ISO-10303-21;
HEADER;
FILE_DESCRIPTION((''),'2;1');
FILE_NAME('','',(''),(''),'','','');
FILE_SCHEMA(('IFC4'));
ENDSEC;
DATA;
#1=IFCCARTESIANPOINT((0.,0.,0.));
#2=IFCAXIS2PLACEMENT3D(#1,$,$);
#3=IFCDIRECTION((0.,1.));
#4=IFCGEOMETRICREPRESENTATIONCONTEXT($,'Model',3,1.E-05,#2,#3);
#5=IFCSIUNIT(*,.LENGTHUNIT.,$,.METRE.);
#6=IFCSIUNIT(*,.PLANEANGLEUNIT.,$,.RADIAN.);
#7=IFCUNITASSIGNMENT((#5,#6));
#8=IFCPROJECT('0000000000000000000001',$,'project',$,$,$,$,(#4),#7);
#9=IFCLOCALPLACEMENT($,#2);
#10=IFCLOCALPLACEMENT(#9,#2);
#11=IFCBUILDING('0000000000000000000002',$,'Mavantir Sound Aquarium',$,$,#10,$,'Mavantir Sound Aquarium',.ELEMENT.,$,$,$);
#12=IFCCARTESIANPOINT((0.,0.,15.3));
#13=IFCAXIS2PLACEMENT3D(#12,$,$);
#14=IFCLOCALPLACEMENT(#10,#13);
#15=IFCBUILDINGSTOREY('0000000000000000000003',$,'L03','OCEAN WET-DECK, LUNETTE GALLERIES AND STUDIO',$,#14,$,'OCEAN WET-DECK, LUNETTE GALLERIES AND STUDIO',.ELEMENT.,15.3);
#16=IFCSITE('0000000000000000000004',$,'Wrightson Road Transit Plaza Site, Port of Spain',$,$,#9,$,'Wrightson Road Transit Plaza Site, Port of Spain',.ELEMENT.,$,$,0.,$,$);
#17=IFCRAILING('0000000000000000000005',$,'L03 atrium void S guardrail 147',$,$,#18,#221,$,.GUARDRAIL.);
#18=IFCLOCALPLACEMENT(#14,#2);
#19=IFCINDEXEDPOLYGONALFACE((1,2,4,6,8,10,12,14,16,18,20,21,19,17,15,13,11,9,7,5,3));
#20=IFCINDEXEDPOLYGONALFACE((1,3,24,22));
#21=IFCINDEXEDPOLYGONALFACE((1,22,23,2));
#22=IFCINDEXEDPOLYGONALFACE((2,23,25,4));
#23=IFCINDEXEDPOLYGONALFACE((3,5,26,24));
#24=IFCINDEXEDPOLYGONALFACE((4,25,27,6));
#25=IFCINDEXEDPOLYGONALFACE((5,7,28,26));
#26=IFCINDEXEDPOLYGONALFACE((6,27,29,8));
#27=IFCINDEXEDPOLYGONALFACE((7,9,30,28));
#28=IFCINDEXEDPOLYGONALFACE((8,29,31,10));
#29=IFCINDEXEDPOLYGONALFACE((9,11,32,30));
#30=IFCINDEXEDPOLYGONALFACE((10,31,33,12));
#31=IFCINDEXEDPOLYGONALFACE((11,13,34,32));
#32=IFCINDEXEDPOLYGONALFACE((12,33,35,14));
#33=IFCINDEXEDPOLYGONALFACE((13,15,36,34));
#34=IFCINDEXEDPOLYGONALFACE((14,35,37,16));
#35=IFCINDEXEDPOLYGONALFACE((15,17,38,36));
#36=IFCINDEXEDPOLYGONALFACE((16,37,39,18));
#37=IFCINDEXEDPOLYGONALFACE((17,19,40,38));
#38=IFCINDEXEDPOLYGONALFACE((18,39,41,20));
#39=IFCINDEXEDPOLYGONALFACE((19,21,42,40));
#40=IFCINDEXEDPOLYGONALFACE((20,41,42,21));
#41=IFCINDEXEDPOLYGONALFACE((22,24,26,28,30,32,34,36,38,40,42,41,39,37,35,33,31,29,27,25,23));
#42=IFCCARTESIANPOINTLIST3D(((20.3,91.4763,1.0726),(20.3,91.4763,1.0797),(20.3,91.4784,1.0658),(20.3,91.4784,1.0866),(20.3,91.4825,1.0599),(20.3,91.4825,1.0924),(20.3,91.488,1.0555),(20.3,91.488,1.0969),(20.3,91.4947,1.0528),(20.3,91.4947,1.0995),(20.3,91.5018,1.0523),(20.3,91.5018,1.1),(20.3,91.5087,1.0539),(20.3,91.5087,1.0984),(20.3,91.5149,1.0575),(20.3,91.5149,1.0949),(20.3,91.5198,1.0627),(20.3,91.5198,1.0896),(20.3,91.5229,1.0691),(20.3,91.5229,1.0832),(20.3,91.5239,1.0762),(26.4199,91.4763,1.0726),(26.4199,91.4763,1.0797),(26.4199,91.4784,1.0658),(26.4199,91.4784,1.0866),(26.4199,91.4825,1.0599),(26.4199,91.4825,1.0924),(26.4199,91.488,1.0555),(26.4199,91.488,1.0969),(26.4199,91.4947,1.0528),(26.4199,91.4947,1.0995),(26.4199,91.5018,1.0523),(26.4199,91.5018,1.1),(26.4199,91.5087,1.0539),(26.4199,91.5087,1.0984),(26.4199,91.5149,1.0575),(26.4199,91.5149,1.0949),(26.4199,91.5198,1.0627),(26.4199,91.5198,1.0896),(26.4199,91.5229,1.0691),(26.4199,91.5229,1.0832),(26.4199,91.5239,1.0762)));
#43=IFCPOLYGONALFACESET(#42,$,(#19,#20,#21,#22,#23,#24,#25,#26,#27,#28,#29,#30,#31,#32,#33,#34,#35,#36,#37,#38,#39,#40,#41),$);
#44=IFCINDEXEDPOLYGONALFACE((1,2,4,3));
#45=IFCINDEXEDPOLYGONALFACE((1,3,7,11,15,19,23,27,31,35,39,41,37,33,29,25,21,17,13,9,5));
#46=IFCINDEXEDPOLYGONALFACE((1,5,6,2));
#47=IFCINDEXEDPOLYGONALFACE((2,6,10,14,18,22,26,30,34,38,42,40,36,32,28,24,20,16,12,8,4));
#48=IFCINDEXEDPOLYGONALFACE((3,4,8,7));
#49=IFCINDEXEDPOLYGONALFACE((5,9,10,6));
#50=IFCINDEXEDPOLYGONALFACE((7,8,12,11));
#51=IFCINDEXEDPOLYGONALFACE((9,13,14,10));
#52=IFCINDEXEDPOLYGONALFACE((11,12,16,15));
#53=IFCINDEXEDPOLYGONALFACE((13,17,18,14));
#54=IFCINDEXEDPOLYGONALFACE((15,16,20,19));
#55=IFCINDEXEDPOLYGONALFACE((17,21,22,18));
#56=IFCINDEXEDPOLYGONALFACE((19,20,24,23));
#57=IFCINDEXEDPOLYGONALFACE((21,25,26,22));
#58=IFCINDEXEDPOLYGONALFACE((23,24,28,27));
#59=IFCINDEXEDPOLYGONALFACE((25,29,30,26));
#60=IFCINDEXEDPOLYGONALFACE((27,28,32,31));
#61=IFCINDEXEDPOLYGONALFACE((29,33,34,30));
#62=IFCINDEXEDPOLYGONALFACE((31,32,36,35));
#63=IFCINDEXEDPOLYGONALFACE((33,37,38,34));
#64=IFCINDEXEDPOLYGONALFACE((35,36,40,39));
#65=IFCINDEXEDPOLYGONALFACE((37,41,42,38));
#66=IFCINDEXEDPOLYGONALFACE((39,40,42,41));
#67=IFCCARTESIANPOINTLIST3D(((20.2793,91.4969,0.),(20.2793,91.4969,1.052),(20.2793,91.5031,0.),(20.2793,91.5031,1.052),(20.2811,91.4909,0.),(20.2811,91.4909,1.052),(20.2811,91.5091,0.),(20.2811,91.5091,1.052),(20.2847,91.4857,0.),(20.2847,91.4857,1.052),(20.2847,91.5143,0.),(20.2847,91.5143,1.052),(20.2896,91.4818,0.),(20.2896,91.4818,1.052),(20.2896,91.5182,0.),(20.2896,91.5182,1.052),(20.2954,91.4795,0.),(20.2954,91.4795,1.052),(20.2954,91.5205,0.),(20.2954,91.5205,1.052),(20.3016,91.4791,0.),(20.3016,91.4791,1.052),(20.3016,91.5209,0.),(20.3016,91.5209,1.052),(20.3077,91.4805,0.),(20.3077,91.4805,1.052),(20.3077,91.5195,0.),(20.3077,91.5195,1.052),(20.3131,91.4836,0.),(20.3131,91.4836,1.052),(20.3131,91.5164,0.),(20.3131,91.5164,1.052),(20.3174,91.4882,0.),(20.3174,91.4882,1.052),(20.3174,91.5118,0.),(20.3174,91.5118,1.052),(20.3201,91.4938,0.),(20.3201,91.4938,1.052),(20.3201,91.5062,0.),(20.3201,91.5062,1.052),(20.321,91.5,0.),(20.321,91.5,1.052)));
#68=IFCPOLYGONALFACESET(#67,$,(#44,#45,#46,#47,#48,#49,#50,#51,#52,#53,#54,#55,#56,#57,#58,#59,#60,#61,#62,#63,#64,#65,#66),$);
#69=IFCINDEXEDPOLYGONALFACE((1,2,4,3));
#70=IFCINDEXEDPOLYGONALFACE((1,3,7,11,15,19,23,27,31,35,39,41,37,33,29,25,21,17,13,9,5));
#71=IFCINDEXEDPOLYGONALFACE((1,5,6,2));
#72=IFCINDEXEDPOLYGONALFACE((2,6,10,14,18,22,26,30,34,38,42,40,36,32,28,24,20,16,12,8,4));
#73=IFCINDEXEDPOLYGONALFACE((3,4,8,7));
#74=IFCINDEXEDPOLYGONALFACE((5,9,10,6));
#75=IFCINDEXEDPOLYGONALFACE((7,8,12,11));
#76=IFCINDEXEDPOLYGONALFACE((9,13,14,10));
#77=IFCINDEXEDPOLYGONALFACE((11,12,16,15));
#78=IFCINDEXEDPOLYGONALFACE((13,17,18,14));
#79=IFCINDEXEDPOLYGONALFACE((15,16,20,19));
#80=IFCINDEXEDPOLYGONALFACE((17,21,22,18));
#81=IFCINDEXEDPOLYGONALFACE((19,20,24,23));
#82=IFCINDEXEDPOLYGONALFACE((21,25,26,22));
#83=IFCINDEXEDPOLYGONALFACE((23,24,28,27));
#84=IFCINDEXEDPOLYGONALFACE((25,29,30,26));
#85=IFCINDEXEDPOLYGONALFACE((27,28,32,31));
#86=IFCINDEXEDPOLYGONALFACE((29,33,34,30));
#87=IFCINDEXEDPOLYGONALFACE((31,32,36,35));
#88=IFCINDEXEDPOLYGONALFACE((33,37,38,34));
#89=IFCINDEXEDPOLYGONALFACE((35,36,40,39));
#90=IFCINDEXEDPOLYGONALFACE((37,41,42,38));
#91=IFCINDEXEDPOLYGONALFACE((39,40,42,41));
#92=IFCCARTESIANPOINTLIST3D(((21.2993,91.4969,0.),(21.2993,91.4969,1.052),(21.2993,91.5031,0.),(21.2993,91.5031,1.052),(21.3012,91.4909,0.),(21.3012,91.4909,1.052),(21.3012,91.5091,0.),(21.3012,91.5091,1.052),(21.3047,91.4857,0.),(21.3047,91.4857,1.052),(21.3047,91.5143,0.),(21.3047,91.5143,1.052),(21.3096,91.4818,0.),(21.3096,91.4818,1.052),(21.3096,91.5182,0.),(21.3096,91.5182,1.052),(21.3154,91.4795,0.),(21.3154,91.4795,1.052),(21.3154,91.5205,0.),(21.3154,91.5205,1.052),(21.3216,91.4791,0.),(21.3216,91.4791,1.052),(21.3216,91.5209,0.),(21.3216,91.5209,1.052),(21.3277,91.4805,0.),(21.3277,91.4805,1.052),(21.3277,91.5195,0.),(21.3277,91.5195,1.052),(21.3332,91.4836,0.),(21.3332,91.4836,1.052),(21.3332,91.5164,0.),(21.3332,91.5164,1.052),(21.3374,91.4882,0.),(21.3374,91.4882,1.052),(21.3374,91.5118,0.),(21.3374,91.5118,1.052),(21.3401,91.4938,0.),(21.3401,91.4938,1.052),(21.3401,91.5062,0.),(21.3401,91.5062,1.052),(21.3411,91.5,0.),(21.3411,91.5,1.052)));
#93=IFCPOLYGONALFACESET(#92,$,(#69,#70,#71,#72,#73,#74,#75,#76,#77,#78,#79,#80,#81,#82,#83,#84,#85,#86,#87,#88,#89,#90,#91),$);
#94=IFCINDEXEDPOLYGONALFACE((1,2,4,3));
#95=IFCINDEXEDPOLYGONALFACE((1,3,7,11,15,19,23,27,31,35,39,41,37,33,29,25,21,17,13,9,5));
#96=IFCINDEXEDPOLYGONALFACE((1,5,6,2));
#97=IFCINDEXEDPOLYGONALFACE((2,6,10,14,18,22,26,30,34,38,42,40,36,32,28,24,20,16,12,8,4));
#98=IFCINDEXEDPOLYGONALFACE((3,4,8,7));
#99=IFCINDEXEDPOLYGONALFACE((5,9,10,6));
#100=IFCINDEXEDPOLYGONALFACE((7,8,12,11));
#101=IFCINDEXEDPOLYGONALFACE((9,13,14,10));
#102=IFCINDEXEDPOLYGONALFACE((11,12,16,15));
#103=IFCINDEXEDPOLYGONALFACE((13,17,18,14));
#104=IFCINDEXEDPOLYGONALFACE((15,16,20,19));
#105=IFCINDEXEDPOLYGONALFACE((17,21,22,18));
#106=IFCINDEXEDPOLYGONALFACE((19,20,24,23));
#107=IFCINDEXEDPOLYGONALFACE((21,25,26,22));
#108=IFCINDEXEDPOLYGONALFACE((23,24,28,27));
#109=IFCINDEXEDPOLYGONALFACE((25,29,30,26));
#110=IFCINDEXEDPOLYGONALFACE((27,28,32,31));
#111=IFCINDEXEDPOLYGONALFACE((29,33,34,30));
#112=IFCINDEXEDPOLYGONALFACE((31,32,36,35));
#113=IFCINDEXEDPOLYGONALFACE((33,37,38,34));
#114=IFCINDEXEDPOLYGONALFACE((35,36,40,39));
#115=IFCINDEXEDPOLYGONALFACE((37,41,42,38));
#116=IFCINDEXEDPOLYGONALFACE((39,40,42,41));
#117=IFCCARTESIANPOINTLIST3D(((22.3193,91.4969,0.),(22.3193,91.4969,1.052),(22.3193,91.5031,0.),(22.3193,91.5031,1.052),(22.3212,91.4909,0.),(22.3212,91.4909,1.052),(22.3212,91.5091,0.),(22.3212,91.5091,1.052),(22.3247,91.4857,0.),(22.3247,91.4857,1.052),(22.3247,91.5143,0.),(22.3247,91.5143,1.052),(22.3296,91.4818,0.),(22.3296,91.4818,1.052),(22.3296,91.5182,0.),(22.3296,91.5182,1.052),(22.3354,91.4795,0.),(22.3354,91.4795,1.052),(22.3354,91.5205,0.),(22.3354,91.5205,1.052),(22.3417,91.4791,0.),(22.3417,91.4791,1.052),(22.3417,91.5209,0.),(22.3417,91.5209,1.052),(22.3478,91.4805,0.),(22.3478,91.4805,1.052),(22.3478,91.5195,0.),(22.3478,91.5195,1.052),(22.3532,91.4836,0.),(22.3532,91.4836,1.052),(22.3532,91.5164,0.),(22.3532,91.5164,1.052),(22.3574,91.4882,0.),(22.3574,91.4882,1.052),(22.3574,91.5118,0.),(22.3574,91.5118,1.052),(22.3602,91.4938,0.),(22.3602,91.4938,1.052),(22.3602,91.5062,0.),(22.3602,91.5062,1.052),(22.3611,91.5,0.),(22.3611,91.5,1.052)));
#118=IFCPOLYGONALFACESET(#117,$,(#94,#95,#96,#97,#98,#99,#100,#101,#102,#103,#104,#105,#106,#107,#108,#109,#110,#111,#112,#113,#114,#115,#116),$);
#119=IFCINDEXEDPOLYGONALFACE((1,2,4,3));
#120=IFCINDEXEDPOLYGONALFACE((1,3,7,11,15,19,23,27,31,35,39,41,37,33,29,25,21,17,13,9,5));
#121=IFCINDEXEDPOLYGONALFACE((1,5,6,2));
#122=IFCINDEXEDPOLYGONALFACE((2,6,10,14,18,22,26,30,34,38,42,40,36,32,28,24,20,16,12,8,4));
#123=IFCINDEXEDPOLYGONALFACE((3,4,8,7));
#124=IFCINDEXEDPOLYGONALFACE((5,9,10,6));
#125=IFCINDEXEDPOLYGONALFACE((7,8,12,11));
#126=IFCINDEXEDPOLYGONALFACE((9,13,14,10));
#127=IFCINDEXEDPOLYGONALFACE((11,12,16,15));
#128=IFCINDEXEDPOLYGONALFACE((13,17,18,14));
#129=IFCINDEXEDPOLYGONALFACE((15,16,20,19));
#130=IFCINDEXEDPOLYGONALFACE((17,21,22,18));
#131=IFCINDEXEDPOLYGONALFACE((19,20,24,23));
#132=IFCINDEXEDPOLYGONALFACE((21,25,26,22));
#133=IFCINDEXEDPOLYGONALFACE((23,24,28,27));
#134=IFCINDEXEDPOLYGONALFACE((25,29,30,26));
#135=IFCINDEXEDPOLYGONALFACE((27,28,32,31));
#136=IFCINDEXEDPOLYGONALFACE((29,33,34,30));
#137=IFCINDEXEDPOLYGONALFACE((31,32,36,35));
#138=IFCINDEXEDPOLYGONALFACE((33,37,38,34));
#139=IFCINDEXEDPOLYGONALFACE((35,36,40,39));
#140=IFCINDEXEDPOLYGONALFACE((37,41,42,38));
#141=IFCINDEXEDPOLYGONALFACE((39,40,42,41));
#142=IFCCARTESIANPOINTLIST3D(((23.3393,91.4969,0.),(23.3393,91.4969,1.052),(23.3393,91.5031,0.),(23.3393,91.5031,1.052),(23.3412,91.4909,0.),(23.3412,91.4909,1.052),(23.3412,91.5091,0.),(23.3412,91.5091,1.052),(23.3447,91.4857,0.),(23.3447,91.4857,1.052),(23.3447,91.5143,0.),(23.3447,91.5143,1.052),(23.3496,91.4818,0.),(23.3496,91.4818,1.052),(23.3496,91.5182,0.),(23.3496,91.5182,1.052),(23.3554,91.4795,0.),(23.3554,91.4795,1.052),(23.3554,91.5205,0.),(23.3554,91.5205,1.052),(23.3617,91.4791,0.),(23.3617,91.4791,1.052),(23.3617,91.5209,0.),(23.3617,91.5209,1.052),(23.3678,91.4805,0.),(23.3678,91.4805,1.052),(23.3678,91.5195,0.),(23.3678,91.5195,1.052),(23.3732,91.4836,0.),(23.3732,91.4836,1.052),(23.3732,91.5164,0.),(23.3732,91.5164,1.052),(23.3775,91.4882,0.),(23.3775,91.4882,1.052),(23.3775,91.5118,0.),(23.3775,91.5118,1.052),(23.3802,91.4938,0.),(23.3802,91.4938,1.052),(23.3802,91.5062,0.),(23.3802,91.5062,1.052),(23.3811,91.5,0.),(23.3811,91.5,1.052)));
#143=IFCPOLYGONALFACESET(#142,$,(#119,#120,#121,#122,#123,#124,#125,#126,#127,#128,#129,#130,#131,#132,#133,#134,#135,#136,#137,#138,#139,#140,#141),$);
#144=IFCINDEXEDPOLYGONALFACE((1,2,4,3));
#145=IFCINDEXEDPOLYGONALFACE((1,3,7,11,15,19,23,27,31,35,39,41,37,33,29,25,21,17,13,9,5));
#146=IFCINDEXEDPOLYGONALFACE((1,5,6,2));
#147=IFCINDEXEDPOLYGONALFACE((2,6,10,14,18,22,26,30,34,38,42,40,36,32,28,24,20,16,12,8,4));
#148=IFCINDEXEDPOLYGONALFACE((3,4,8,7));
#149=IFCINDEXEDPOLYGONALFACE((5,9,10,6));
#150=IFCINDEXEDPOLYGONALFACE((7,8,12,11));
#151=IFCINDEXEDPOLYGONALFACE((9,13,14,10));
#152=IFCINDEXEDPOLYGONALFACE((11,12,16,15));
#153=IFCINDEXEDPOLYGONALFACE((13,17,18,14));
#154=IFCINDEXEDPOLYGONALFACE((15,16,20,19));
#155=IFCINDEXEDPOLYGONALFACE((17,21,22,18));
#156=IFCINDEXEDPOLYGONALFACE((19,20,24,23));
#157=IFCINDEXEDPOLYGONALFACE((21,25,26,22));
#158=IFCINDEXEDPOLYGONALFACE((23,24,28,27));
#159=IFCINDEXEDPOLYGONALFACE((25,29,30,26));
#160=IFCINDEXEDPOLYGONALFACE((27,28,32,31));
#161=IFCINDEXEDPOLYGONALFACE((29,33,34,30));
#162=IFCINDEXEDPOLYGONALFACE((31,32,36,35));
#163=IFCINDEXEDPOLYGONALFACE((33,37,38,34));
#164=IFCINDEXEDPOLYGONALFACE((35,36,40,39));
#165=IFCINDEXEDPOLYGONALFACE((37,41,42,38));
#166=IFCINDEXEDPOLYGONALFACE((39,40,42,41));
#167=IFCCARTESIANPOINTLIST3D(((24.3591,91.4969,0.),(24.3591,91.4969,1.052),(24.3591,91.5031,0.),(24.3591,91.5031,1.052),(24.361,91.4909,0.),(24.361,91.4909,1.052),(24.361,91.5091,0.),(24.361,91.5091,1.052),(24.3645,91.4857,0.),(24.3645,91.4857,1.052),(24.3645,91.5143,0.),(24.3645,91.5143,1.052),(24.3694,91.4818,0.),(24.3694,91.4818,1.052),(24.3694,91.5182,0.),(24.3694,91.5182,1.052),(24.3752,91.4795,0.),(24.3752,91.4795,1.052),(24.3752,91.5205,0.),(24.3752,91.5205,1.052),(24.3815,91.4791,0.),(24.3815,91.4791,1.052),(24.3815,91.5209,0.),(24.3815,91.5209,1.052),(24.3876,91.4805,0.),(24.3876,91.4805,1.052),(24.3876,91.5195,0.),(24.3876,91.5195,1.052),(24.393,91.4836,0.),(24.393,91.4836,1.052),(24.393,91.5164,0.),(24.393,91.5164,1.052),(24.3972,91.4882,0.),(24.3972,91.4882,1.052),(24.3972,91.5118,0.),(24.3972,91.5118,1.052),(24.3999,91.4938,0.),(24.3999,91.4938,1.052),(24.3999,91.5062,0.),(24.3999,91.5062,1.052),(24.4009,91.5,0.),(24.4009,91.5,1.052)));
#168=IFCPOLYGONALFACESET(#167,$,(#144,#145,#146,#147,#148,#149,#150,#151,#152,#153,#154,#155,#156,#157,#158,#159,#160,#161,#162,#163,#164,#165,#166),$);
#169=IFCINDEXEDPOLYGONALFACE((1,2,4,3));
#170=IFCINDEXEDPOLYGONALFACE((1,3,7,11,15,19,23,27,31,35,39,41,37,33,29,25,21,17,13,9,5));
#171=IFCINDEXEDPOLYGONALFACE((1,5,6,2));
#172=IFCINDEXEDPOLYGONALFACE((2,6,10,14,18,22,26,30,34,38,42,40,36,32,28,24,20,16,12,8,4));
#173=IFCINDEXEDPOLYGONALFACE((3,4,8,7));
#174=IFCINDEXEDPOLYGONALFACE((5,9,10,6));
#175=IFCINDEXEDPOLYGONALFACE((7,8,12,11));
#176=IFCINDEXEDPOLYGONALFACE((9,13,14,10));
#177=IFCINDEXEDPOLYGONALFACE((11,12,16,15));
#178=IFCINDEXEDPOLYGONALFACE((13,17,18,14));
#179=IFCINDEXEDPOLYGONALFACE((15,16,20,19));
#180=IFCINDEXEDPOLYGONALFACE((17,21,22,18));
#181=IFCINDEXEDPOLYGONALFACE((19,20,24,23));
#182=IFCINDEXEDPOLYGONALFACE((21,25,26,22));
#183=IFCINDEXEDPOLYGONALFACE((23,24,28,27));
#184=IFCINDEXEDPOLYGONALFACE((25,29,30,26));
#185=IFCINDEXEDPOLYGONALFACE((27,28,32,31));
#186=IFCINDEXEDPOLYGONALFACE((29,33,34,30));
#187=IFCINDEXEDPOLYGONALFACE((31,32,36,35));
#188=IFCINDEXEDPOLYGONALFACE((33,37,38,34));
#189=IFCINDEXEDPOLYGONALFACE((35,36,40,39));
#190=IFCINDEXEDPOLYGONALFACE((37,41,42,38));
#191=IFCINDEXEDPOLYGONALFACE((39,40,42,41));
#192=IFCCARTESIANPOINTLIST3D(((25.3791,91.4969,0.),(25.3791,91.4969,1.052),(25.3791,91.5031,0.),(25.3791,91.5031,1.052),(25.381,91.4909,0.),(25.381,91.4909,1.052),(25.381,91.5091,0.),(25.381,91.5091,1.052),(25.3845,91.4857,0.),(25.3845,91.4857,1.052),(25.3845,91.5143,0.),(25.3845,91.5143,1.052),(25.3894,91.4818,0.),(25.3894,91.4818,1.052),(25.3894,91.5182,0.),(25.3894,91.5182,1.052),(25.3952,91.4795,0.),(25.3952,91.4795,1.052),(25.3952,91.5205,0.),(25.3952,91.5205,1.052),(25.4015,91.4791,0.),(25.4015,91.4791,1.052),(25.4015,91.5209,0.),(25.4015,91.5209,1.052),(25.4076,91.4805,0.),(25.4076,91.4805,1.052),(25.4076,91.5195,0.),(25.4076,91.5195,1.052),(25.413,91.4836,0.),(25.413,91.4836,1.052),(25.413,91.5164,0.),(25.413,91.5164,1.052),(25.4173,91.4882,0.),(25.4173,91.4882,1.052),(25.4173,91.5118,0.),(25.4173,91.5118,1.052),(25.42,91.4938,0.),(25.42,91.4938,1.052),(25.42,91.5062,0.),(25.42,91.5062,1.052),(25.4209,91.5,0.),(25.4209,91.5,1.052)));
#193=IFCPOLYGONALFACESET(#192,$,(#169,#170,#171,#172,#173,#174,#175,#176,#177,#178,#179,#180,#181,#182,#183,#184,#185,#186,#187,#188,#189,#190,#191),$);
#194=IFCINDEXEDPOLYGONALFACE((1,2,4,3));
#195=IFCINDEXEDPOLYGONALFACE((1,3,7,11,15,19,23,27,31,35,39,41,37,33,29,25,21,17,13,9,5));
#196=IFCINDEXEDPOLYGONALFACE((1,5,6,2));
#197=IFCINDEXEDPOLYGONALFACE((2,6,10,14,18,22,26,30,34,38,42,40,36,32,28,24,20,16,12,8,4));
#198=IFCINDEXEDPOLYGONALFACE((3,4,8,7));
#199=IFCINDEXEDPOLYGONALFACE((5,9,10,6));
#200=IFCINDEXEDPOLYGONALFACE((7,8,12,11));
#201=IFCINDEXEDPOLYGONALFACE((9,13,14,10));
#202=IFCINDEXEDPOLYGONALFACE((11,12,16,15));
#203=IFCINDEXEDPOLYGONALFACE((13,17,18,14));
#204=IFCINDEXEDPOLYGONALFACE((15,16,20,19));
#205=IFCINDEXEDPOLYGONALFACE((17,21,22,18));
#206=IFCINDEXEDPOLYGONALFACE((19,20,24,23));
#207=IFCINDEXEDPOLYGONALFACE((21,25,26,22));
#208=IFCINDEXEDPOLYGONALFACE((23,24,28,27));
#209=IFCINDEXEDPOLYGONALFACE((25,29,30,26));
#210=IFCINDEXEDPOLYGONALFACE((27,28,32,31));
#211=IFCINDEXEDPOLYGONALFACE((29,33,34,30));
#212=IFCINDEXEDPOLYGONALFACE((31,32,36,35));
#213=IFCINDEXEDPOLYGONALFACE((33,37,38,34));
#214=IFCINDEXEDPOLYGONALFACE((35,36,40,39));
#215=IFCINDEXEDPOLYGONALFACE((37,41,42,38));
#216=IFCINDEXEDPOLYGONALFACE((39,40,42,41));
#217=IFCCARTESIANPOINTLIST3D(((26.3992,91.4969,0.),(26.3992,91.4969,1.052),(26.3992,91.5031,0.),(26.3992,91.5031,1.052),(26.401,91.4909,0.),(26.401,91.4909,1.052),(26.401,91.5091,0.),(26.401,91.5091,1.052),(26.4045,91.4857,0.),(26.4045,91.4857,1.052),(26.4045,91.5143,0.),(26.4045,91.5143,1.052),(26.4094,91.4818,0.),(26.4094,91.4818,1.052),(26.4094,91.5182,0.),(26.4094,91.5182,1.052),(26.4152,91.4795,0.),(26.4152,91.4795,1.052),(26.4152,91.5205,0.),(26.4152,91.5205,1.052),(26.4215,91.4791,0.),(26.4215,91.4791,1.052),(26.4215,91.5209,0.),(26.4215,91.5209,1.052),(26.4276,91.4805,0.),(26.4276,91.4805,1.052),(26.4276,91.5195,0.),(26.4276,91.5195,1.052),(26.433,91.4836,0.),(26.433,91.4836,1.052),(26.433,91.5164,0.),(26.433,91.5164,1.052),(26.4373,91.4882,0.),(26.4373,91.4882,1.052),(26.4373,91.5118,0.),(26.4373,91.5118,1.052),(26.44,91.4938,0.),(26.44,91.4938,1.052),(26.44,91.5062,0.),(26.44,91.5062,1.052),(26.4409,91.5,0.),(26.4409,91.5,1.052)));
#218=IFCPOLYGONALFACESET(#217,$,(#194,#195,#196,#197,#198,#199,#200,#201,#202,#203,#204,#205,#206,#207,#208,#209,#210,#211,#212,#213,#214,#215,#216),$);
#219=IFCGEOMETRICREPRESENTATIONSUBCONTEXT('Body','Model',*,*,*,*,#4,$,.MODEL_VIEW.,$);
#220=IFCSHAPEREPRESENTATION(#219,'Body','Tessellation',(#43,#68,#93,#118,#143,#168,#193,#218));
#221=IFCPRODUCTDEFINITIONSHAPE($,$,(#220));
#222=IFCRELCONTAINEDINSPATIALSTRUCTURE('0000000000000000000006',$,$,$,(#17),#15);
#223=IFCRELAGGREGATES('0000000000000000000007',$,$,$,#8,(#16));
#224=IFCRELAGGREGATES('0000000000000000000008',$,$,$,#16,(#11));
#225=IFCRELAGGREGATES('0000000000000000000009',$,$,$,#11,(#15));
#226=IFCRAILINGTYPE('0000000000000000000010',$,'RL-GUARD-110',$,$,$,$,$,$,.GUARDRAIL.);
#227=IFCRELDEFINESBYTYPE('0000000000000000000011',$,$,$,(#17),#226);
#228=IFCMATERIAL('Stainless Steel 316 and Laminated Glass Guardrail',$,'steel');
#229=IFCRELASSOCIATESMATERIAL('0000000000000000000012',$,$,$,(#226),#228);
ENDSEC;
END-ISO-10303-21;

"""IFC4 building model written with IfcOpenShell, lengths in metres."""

from ifc_helpers import new_model, si_unit, direction, frame, origin, origin_2d, place, context, subcontext, project, spatial, circle, extrude, material, type_object, element, save


model = new_model("IFC4")

# Units and contexts
model_context = context("Model", 3, precision=1e-05, world=origin(), true_north=direction((0.0, 1.0)))
body_context = subcontext(model_context, "Body", "Model", "MODEL_VIEW")
ifc_project = project(units=[si_unit("LENGTHUNIT", "METRE"), si_unit("PLANEANGLEUNIT", "RADIAN")], contexts=[model_context])

# Site, building, storey
site_placement = place(None, origin())
site = spatial("IfcSite", under=ifc_project, at=site_placement, Name="Wrightson Road Transit Plaza Site, Port of Spain", LongName="Wrightson Road Transit Plaza Site, Port of Spain", CompositionType="ELEMENT", RefElevation=0.0)
building_placement = place(site_placement, origin())
building = spatial("IfcBuilding", under=site, at=building_placement, Name="Mavantir Sound Aquarium", LongName="Mavantir Sound Aquarium", CompositionType="ELEMENT")
storey_placement = place(building_placement, frame((0.0, 0.0, 15.3)))
storey = spatial("IfcBuildingStorey", under=building, at=storey_placement, Name="L03", Description="OCEAN WET-DECK, LUNETTE GALLERIES AND STUDIO", LongName="OCEAN WET-DECK, LUNETTE GALLERIES AND STUDIO", CompositionType="ELEMENT", Elevation=15.3)

# Railing
ifc_material_1 = material(Name="Stainless Steel 316 and Laminated Glass Guardrail", Category="steel")
railing_type_1 = type_object("IfcRailingType", Name="RL-GUARD-110", PredefinedType="GUARDRAIL", material=ifc_material_1)
railing_1_placement = place(storey_placement, frame((20.3, 91.5, 0.0)))
element("IfcRailing", 1, at=railing_1_placement, inside=storey, type_object=railing_type_1, Name="L03 atrium void S guardrail 147", PredefinedType="GUARDRAIL", context=body_context, shape_type="SweptSolid", body=[
    extrude(circle(Radius=0.0239, at=origin_2d()), frame((0.0, 0.0, 1.0762), z_axis=(1.0, 0.0, 0.0), x_axis=(0.0, 1.0, 0.0)), (0.0, 0.0, 1.0), 6.1199),
    extrude(circle(Radius=0.021, at=origin_2d()), origin(), (0.0, 0.0, 1.0), 1.052),
    extrude(circle(Radius=0.021, at=origin_2d()), frame((1.02, 0.0, 0.0)), (0.0, 0.0, 1.0), 1.052),
    extrude(circle(Radius=0.021, at=origin_2d()), frame((2.04, 0.0, 0.0)), (0.0, 0.0, 1.0), 1.052),
    extrude(circle(Radius=0.021, at=origin_2d()), frame((3.0601, 0.0, 0.0)), (0.0, 0.0, 1.0), 1.052),
    extrude(circle(Radius=0.021, at=origin_2d()), frame((4.0798, 0.0, 0.0)), (0.0, 0.0, 1.0), 1.052),
    extrude(circle(Radius=0.021, at=origin_2d()), frame((5.0999, 0.0, 0.0)), (0.0, 0.0, 1.0), 1.052),
    extrude(circle(Radius=0.021, at=origin_2d()), frame((6.1199, 0.0, 0.0)), (0.0, 0.0, 1.0), 1.052),
])

save(model, "model.ifc")
